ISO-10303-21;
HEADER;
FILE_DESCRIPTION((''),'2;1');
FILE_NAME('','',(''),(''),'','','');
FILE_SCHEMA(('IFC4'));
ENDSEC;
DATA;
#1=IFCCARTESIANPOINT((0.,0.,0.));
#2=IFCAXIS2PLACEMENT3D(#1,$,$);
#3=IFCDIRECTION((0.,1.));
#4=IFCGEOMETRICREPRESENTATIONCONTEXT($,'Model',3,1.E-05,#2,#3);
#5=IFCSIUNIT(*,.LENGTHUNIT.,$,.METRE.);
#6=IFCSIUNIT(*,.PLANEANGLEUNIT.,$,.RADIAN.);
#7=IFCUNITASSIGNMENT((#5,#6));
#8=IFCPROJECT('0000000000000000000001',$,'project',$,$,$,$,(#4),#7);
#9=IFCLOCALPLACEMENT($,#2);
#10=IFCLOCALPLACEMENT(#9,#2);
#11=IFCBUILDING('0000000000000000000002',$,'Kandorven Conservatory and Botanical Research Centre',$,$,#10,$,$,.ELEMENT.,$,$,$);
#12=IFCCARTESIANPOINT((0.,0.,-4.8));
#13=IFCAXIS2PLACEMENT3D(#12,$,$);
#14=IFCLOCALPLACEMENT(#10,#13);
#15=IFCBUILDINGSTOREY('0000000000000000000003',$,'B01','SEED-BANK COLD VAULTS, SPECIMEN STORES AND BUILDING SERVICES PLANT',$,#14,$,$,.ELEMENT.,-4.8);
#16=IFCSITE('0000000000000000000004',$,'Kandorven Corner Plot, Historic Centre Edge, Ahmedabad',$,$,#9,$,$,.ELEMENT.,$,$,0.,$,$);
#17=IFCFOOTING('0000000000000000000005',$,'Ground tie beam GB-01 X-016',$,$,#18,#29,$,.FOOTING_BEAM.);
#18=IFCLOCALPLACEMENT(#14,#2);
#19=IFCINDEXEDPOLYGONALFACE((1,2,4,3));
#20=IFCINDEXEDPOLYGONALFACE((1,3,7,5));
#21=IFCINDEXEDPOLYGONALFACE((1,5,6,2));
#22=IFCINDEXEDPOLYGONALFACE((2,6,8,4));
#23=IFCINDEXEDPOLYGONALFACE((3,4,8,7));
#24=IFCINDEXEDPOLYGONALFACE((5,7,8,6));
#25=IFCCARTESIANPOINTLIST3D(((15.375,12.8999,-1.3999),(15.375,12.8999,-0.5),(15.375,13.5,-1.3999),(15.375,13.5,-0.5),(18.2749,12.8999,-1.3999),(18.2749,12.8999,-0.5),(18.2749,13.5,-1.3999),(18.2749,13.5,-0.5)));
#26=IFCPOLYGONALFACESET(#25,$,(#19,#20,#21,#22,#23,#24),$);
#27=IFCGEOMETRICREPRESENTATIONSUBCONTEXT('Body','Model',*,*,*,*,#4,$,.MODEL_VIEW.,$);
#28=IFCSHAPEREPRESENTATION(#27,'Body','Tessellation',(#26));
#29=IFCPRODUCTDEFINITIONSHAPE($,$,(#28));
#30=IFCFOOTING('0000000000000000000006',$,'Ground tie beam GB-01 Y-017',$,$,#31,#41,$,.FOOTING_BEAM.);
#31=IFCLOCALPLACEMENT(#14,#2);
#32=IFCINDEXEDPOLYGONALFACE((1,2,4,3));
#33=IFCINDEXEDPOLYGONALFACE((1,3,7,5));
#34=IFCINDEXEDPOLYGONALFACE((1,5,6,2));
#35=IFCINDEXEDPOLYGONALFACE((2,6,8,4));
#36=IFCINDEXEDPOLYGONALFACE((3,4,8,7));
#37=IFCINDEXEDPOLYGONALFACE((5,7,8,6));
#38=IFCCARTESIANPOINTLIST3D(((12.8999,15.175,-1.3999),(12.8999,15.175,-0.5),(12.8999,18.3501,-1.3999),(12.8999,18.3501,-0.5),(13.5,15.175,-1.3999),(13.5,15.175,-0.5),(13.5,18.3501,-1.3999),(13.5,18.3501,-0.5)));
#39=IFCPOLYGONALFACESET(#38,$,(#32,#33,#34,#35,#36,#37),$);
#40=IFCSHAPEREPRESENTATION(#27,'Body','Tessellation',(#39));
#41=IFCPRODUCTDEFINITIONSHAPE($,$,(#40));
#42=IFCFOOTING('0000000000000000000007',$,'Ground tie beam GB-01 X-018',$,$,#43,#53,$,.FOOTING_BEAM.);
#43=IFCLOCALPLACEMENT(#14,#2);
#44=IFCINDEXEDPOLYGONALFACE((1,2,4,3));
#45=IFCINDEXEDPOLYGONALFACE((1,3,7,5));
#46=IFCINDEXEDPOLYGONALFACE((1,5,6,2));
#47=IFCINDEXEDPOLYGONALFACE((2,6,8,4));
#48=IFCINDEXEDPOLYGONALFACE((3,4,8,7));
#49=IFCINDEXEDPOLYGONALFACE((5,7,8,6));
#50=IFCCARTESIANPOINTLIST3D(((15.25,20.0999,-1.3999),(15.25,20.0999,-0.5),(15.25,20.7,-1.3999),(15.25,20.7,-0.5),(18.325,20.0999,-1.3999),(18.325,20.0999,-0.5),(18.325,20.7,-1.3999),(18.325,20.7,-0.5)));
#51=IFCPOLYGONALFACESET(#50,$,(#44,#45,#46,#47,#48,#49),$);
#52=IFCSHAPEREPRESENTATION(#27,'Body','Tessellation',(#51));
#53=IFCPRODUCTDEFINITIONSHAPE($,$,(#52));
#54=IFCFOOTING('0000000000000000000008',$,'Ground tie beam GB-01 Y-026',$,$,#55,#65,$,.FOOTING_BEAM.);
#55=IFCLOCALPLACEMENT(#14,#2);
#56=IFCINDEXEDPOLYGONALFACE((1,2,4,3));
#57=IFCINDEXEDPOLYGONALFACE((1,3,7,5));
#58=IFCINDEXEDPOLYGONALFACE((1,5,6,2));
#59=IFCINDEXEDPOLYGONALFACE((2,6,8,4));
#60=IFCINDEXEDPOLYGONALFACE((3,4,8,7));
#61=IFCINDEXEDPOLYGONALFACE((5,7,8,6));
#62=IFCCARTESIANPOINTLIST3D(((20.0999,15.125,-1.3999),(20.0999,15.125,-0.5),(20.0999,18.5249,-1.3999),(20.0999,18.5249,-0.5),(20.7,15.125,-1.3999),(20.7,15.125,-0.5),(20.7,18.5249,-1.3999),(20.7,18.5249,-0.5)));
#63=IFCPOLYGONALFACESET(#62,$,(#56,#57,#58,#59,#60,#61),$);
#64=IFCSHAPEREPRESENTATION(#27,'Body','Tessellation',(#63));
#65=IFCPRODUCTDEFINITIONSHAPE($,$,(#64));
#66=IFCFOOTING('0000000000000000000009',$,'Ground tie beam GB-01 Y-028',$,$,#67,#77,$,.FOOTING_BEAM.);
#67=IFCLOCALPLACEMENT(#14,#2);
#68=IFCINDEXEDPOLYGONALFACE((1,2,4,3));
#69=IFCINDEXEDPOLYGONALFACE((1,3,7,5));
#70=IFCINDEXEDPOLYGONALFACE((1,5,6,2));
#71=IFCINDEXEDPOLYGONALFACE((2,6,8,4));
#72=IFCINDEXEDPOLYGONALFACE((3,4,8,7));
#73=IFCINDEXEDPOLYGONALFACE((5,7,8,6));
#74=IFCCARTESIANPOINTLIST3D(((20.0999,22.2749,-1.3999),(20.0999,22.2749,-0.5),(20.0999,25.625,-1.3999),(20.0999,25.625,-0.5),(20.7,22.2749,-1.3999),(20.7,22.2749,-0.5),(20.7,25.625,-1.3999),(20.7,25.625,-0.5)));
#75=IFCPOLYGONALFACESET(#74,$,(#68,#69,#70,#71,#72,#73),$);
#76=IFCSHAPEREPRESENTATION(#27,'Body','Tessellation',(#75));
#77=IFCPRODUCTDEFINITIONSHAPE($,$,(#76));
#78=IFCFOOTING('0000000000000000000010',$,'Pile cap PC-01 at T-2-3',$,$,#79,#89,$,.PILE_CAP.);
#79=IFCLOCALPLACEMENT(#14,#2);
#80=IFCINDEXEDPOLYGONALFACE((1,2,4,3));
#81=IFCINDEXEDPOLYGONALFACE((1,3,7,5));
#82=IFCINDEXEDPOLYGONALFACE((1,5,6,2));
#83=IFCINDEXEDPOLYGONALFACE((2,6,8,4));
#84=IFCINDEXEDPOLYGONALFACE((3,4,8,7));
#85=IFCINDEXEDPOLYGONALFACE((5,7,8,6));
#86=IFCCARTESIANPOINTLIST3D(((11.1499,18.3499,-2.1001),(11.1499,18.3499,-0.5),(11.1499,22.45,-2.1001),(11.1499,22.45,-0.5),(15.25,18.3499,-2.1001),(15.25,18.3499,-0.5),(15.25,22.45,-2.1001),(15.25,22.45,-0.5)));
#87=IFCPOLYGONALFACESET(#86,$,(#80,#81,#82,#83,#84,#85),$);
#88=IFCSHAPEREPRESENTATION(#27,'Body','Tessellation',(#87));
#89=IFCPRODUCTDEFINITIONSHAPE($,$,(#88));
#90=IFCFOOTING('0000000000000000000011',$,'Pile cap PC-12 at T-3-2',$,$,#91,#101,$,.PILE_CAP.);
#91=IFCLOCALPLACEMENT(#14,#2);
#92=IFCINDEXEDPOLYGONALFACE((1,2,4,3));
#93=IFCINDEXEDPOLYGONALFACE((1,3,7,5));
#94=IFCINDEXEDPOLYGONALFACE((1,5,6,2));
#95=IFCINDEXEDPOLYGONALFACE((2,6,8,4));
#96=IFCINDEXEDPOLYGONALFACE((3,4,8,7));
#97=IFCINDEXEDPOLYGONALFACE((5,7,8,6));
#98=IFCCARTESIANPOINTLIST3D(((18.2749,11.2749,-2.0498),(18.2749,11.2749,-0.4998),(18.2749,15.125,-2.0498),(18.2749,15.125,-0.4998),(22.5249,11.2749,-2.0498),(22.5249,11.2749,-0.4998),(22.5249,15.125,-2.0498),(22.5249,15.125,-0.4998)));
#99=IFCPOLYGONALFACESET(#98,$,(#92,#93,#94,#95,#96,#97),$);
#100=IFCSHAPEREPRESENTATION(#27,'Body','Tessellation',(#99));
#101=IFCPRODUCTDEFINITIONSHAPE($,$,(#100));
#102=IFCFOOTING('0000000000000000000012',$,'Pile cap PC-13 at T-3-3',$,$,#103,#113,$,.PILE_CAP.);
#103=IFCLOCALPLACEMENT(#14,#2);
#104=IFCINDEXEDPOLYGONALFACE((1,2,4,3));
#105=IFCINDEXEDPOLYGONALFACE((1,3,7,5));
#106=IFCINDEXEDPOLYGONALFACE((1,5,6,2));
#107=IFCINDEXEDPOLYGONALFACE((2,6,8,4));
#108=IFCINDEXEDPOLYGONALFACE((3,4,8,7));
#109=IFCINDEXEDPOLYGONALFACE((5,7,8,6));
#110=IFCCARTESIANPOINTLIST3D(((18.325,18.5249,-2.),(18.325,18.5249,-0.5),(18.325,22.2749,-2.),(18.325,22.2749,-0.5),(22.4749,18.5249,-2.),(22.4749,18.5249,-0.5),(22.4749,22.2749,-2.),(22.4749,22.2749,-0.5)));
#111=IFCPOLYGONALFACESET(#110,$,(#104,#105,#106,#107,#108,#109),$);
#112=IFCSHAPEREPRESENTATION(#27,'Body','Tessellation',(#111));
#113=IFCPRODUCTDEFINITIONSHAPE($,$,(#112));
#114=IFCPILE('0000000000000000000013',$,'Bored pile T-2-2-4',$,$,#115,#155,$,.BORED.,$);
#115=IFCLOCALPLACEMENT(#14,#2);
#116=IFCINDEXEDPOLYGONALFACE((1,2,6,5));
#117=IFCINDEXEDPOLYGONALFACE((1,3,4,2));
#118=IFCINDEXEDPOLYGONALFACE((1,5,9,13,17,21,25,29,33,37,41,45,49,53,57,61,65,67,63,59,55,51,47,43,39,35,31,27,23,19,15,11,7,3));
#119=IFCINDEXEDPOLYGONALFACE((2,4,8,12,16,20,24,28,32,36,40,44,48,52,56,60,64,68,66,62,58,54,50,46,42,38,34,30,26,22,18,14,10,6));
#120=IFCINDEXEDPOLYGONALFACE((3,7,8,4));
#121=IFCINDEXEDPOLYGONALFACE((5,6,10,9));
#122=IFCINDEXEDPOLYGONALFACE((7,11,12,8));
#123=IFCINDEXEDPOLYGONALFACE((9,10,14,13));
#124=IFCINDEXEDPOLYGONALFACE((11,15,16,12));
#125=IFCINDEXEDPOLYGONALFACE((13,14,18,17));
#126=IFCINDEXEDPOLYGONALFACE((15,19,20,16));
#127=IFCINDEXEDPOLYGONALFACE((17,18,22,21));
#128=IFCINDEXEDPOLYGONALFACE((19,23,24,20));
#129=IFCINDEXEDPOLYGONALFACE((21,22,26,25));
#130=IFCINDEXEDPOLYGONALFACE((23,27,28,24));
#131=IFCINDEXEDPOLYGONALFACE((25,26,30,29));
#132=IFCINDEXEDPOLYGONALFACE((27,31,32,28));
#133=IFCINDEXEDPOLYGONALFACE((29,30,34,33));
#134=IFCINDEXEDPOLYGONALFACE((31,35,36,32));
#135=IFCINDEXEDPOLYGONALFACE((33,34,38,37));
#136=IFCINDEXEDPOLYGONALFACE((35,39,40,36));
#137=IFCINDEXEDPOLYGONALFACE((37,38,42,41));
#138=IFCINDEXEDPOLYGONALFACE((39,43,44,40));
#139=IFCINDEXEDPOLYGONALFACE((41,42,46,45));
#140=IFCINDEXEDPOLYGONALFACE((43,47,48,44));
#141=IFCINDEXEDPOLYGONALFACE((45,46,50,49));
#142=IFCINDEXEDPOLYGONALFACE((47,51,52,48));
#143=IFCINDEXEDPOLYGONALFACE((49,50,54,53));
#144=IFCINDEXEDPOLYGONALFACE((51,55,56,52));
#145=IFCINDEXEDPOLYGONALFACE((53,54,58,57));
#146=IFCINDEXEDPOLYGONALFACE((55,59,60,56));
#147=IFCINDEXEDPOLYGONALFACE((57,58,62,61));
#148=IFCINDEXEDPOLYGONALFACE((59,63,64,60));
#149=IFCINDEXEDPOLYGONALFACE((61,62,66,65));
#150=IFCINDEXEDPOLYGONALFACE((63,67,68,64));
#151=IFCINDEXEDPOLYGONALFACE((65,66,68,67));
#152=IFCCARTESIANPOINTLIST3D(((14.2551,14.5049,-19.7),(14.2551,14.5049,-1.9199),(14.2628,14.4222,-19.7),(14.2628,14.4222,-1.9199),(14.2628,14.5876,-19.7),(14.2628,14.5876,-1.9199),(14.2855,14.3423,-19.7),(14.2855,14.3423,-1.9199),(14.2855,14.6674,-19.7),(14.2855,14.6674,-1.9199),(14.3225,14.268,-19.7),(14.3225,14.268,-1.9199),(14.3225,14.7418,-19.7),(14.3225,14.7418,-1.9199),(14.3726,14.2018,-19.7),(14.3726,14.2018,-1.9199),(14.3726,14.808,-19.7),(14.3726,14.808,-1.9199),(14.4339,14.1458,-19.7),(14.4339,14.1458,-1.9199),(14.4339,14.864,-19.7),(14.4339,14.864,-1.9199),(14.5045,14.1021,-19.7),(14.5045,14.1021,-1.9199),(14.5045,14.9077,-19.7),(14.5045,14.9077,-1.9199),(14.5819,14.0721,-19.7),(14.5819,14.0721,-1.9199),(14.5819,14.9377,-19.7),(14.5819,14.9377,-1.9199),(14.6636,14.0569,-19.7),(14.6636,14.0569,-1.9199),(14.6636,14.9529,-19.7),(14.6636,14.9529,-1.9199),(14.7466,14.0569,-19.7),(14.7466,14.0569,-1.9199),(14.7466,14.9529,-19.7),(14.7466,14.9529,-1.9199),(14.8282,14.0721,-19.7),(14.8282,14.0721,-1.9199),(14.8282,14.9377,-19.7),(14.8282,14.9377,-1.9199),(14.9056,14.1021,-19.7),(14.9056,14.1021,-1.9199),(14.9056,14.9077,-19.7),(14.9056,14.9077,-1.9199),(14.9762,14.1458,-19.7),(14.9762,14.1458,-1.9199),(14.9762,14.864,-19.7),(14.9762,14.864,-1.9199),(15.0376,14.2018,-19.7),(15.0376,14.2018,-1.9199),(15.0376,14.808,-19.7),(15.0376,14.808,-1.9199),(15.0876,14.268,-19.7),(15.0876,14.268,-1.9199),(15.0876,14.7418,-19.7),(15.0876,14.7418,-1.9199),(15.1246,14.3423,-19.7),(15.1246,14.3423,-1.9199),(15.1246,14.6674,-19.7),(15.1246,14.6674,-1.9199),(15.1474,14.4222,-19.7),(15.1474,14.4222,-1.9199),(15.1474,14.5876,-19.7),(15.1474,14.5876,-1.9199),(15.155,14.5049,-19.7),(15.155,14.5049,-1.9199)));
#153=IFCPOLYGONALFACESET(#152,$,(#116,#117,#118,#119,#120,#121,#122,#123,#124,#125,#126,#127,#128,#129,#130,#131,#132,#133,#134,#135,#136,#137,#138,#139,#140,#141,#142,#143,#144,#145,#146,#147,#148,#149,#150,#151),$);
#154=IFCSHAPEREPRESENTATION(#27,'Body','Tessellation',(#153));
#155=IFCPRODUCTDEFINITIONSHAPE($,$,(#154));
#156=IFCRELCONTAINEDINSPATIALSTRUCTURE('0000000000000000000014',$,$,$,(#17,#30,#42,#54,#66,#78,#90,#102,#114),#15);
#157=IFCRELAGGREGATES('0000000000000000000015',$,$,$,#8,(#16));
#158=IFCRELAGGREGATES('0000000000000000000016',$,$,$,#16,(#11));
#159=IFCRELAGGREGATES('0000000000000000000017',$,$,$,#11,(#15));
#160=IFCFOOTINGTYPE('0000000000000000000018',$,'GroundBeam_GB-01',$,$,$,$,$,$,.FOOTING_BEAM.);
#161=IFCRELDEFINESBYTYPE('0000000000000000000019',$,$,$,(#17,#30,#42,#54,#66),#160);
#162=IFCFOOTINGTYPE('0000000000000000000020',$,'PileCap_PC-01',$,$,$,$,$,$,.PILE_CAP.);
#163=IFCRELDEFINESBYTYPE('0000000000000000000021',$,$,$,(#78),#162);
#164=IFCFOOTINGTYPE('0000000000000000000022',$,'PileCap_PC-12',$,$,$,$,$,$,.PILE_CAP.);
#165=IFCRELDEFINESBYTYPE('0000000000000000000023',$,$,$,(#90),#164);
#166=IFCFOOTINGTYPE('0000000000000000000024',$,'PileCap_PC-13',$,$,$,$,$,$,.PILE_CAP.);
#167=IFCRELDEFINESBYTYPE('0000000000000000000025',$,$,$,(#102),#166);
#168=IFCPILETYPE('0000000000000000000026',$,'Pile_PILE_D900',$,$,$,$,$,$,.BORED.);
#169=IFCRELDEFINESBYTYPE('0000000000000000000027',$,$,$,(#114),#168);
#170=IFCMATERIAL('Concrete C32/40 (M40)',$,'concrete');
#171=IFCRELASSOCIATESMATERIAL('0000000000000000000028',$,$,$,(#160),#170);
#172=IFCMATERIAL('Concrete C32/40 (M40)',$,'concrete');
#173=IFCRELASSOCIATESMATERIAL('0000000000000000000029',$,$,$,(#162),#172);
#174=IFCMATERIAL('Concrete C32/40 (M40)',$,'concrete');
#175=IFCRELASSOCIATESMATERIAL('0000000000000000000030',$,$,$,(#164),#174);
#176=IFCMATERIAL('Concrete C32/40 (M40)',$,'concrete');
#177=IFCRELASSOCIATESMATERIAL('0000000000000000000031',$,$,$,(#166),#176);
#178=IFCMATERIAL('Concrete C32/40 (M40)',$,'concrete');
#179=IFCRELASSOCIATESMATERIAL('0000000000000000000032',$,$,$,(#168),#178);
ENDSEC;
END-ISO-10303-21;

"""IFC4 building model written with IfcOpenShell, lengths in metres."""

from ifc_helpers import new_model, si_unit, direction, frame, origin, origin_2d, place, context, subcontext, project, spatial, rectangle, circle, extrude, material, material_profile, profile_set, type_object, element, save


model = new_model("IFC4")

# Units and contexts
model_context = context("Model", 3, precision=1e-05, world=origin(), true_north=direction((0.0, 1.0)))
body_context = subcontext(model_context, "Body", "Model", "MODEL_VIEW")
ifc_project = project(units=[si_unit("LENGTHUNIT", "METRE"), si_unit("PLANEANGLEUNIT", "RADIAN")], contexts=[model_context])

# Site, building, storey
site_placement = place(None, origin())
site = spatial("IfcSite", under=ifc_project, at=site_placement, Name="Kandorven Corner Plot, Historic Centre Edge, Ahmedabad", CompositionType="ELEMENT", RefElevation=0.0)
building_placement = place(site_placement, origin())
building = spatial("IfcBuilding", under=site, at=building_placement, Name="Kandorven Conservatory and Botanical Research Centre", CompositionType="ELEMENT")
storey_placement = place(building_placement, frame((0.0, 0.0, -4.8)))
storey = spatial("IfcBuildingStorey", under=building, at=storey_placement, Name="B01", Description="SEED-BANK COLD VAULTS, SPECIMEN STORES AND BUILDING SERVICES PLANT", CompositionType="ELEMENT", Elevation=-4.8)

# Footings
ifc_material_1 = material(Name="Concrete C32/40 (M40)", Category="concrete")
ifc_material_profile_1 = material_profile(ifc_material_1, rectangle(XDim=0.6001, YDim=0.8999, at=origin_2d()))
ifc_profile_set_1 = profile_set([ifc_material_profile_1], Name="Concrete C32/40 (M40)")
footing_type_1 = type_object("IfcFootingType", Name="GroundBeam_GB-01", PredefinedType="FOOTING_BEAM", material=ifc_profile_set_1)
footing_1_placement = place(storey_placement, frame((15.375, 13.2, -0.95), z_axis=(1.0, 0.0, 0.0), x_axis=(0.0, 1.0, 0.0)))
element("IfcFooting", 1, at=footing_1_placement, inside=storey, type_object=footing_type_1, Name="Ground tie beam GB-01 X-016", PredefinedType="FOOTING_BEAM", context=body_context, shape_type="SweptSolid", body=[
    extrude(rectangle(XDim=0.6001, YDim=0.8999, at=origin_2d()), origin(), (0.0, 0.0, 1.0), 2.8999),
])
footing_2_placement = place(storey_placement, frame((13.2, 15.175, -0.95), z_axis=(0.0, 1.0, 0.0), x_axis=(-1.0, 0.0, 0.0)))
element("IfcFooting", 2, at=footing_2_placement, inside=storey, type_object=footing_type_1, Name="Ground tie beam GB-01 Y-017", PredefinedType="FOOTING_BEAM", context=body_context, shape_type="SweptSolid", body=[
    extrude(rectangle(XDim=0.6001, YDim=0.8999, at=origin_2d()), origin(), (0.0, 0.0, 1.0), 3.175),
])
footing_3_placement = place(storey_placement, frame((15.25, 20.3999, -0.95), z_axis=(1.0, 0.0, 0.0), x_axis=(0.0, 1.0, 0.0)))
element("IfcFooting", 3, at=footing_3_placement, inside=storey, type_object=footing_type_1, Name="Ground tie beam GB-01 X-018", PredefinedType="FOOTING_BEAM", context=body_context, shape_type="SweptSolid", body=[
    extrude(rectangle(XDim=0.6001, YDim=0.8999, at=origin_2d()), origin(), (0.0, 0.0, 1.0), 3.075),
])
footing_4_placement = place(storey_placement, frame((20.3999, 15.125, -0.95), z_axis=(0.0, 1.0, 0.0), x_axis=(-1.0, 0.0, 0.0)))
element("IfcFooting", 4, at=footing_4_placement, inside=storey, type_object=footing_type_1, Name="Ground tie beam GB-01 Y-026", PredefinedType="FOOTING_BEAM", context=body_context, shape_type="SweptSolid", body=[
    extrude(rectangle(XDim=0.6001, YDim=0.8999, at=origin_2d()), origin(), (0.0, 0.0, 1.0), 3.3999),
])
footing_5_placement = place(storey_placement, frame((20.3999, 22.2749, -0.95), z_axis=(0.0, 1.0, 0.0), x_axis=(-1.0, 0.0, 0.0)))
element("IfcFooting", 5, at=footing_5_placement, inside=storey, type_object=footing_type_1, Name="Ground tie beam GB-01 Y-028", PredefinedType="FOOTING_BEAM", context=body_context, shape_type="SweptSolid", body=[
    extrude(rectangle(XDim=0.6001, YDim=0.8999, at=origin_2d()), origin(), (0.0, 0.0, 1.0), 3.3501),
])
ifc_material_2 = material(Name="Concrete C32/40 (M40)", Category="concrete")
footing_type_2 = type_object("IfcFootingType", Name="PileCap_PC-01", PredefinedType="PILE_CAP", material=ifc_material_2)
footing_6_placement = place(storey_placement, frame((13.2, 20.3999, -2.1001), z_axis=(0.0, 0.0, 1.0), x_axis=(1.0, 0.0, 0.0)))
element("IfcFooting", 6, at=footing_6_placement, inside=storey, type_object=footing_type_2, Name="Pile cap PC-01 at T-2-3", PredefinedType="PILE_CAP", context=body_context, shape_type="SweptSolid", body=[
    extrude(rectangle(XDim=4.1001, YDim=4.1001, at=origin_2d()), origin(), (0.0, 0.0, 1.0), 1.6001),
])
ifc_material_3 = material(Name="Concrete C32/40 (M40)", Category="concrete")
footing_type_3 = type_object("IfcFootingType", Name="PileCap_PC-12", PredefinedType="PILE_CAP", material=ifc_material_3)
footing_7_placement = place(storey_placement, frame((20.3999, 13.2, -2.0498), z_axis=(0.0, 0.0, 1.0), x_axis=(1.0, 0.0, 0.0)))
element("IfcFooting", 7, at=footing_7_placement, inside=storey, type_object=footing_type_3, Name="Pile cap PC-12 at T-3-2", PredefinedType="PILE_CAP", context=body_context, shape_type="SweptSolid", body=[
    extrude(rectangle(XDim=4.25, YDim=3.8501, at=origin_2d()), origin(), (0.0, 0.0, 1.0), 1.55),
])
ifc_material_4 = material(Name="Concrete C32/40 (M40)", Category="concrete")
footing_type_4 = type_object("IfcFootingType", Name="PileCap_PC-13", PredefinedType="PILE_CAP", material=ifc_material_4)
footing_8_placement = place(storey_placement, frame((20.3999, 20.3999, -2.0), z_axis=(0.0, 0.0, 1.0), x_axis=(1.0, 0.0, 0.0)))
element("IfcFooting", 8, at=footing_8_placement, inside=storey, type_object=footing_type_4, Name="Pile cap PC-13 at T-3-3", PredefinedType="PILE_CAP", context=body_context, shape_type="SweptSolid", body=[
    extrude(rectangle(XDim=4.1499, YDim=3.75, at=origin_2d()), origin(), (0.0, 0.0, 1.0), 1.5),
])

# Pile
ifc_material_5 = material(Name="Concrete C32/40 (M40)", Category="concrete")
ifc_material_profile_2 = material_profile(ifc_material_5, circle(Radius=0.45, at=origin_2d()))
ifc_profile_set_2 = profile_set([ifc_material_profile_2], Name="Concrete C32/40 (M40)")
pile_type = type_object("IfcPileType", Name="Pile_PILE_D900", PredefinedType="BORED", material=ifc_profile_set_2)
pile_1_placement = place(storey_placement, frame((14.7051, 14.5049, -1.9199), z_axis=(0.0, 0.0, -1.0), x_axis=(1.0, 0.0, 0.0)))
element("IfcPile", 9, at=pile_1_placement, inside=storey, type_object=pile_type, Name="Bored pile T-2-2-4", PredefinedType="BORED", context=body_context, shape_type="SweptSolid", body=[
    extrude(circle(Radius=0.45, at=origin_2d()), origin(), (0.0, 0.0, 1.0), 17.78),
])

save(model, "model.ifc")
